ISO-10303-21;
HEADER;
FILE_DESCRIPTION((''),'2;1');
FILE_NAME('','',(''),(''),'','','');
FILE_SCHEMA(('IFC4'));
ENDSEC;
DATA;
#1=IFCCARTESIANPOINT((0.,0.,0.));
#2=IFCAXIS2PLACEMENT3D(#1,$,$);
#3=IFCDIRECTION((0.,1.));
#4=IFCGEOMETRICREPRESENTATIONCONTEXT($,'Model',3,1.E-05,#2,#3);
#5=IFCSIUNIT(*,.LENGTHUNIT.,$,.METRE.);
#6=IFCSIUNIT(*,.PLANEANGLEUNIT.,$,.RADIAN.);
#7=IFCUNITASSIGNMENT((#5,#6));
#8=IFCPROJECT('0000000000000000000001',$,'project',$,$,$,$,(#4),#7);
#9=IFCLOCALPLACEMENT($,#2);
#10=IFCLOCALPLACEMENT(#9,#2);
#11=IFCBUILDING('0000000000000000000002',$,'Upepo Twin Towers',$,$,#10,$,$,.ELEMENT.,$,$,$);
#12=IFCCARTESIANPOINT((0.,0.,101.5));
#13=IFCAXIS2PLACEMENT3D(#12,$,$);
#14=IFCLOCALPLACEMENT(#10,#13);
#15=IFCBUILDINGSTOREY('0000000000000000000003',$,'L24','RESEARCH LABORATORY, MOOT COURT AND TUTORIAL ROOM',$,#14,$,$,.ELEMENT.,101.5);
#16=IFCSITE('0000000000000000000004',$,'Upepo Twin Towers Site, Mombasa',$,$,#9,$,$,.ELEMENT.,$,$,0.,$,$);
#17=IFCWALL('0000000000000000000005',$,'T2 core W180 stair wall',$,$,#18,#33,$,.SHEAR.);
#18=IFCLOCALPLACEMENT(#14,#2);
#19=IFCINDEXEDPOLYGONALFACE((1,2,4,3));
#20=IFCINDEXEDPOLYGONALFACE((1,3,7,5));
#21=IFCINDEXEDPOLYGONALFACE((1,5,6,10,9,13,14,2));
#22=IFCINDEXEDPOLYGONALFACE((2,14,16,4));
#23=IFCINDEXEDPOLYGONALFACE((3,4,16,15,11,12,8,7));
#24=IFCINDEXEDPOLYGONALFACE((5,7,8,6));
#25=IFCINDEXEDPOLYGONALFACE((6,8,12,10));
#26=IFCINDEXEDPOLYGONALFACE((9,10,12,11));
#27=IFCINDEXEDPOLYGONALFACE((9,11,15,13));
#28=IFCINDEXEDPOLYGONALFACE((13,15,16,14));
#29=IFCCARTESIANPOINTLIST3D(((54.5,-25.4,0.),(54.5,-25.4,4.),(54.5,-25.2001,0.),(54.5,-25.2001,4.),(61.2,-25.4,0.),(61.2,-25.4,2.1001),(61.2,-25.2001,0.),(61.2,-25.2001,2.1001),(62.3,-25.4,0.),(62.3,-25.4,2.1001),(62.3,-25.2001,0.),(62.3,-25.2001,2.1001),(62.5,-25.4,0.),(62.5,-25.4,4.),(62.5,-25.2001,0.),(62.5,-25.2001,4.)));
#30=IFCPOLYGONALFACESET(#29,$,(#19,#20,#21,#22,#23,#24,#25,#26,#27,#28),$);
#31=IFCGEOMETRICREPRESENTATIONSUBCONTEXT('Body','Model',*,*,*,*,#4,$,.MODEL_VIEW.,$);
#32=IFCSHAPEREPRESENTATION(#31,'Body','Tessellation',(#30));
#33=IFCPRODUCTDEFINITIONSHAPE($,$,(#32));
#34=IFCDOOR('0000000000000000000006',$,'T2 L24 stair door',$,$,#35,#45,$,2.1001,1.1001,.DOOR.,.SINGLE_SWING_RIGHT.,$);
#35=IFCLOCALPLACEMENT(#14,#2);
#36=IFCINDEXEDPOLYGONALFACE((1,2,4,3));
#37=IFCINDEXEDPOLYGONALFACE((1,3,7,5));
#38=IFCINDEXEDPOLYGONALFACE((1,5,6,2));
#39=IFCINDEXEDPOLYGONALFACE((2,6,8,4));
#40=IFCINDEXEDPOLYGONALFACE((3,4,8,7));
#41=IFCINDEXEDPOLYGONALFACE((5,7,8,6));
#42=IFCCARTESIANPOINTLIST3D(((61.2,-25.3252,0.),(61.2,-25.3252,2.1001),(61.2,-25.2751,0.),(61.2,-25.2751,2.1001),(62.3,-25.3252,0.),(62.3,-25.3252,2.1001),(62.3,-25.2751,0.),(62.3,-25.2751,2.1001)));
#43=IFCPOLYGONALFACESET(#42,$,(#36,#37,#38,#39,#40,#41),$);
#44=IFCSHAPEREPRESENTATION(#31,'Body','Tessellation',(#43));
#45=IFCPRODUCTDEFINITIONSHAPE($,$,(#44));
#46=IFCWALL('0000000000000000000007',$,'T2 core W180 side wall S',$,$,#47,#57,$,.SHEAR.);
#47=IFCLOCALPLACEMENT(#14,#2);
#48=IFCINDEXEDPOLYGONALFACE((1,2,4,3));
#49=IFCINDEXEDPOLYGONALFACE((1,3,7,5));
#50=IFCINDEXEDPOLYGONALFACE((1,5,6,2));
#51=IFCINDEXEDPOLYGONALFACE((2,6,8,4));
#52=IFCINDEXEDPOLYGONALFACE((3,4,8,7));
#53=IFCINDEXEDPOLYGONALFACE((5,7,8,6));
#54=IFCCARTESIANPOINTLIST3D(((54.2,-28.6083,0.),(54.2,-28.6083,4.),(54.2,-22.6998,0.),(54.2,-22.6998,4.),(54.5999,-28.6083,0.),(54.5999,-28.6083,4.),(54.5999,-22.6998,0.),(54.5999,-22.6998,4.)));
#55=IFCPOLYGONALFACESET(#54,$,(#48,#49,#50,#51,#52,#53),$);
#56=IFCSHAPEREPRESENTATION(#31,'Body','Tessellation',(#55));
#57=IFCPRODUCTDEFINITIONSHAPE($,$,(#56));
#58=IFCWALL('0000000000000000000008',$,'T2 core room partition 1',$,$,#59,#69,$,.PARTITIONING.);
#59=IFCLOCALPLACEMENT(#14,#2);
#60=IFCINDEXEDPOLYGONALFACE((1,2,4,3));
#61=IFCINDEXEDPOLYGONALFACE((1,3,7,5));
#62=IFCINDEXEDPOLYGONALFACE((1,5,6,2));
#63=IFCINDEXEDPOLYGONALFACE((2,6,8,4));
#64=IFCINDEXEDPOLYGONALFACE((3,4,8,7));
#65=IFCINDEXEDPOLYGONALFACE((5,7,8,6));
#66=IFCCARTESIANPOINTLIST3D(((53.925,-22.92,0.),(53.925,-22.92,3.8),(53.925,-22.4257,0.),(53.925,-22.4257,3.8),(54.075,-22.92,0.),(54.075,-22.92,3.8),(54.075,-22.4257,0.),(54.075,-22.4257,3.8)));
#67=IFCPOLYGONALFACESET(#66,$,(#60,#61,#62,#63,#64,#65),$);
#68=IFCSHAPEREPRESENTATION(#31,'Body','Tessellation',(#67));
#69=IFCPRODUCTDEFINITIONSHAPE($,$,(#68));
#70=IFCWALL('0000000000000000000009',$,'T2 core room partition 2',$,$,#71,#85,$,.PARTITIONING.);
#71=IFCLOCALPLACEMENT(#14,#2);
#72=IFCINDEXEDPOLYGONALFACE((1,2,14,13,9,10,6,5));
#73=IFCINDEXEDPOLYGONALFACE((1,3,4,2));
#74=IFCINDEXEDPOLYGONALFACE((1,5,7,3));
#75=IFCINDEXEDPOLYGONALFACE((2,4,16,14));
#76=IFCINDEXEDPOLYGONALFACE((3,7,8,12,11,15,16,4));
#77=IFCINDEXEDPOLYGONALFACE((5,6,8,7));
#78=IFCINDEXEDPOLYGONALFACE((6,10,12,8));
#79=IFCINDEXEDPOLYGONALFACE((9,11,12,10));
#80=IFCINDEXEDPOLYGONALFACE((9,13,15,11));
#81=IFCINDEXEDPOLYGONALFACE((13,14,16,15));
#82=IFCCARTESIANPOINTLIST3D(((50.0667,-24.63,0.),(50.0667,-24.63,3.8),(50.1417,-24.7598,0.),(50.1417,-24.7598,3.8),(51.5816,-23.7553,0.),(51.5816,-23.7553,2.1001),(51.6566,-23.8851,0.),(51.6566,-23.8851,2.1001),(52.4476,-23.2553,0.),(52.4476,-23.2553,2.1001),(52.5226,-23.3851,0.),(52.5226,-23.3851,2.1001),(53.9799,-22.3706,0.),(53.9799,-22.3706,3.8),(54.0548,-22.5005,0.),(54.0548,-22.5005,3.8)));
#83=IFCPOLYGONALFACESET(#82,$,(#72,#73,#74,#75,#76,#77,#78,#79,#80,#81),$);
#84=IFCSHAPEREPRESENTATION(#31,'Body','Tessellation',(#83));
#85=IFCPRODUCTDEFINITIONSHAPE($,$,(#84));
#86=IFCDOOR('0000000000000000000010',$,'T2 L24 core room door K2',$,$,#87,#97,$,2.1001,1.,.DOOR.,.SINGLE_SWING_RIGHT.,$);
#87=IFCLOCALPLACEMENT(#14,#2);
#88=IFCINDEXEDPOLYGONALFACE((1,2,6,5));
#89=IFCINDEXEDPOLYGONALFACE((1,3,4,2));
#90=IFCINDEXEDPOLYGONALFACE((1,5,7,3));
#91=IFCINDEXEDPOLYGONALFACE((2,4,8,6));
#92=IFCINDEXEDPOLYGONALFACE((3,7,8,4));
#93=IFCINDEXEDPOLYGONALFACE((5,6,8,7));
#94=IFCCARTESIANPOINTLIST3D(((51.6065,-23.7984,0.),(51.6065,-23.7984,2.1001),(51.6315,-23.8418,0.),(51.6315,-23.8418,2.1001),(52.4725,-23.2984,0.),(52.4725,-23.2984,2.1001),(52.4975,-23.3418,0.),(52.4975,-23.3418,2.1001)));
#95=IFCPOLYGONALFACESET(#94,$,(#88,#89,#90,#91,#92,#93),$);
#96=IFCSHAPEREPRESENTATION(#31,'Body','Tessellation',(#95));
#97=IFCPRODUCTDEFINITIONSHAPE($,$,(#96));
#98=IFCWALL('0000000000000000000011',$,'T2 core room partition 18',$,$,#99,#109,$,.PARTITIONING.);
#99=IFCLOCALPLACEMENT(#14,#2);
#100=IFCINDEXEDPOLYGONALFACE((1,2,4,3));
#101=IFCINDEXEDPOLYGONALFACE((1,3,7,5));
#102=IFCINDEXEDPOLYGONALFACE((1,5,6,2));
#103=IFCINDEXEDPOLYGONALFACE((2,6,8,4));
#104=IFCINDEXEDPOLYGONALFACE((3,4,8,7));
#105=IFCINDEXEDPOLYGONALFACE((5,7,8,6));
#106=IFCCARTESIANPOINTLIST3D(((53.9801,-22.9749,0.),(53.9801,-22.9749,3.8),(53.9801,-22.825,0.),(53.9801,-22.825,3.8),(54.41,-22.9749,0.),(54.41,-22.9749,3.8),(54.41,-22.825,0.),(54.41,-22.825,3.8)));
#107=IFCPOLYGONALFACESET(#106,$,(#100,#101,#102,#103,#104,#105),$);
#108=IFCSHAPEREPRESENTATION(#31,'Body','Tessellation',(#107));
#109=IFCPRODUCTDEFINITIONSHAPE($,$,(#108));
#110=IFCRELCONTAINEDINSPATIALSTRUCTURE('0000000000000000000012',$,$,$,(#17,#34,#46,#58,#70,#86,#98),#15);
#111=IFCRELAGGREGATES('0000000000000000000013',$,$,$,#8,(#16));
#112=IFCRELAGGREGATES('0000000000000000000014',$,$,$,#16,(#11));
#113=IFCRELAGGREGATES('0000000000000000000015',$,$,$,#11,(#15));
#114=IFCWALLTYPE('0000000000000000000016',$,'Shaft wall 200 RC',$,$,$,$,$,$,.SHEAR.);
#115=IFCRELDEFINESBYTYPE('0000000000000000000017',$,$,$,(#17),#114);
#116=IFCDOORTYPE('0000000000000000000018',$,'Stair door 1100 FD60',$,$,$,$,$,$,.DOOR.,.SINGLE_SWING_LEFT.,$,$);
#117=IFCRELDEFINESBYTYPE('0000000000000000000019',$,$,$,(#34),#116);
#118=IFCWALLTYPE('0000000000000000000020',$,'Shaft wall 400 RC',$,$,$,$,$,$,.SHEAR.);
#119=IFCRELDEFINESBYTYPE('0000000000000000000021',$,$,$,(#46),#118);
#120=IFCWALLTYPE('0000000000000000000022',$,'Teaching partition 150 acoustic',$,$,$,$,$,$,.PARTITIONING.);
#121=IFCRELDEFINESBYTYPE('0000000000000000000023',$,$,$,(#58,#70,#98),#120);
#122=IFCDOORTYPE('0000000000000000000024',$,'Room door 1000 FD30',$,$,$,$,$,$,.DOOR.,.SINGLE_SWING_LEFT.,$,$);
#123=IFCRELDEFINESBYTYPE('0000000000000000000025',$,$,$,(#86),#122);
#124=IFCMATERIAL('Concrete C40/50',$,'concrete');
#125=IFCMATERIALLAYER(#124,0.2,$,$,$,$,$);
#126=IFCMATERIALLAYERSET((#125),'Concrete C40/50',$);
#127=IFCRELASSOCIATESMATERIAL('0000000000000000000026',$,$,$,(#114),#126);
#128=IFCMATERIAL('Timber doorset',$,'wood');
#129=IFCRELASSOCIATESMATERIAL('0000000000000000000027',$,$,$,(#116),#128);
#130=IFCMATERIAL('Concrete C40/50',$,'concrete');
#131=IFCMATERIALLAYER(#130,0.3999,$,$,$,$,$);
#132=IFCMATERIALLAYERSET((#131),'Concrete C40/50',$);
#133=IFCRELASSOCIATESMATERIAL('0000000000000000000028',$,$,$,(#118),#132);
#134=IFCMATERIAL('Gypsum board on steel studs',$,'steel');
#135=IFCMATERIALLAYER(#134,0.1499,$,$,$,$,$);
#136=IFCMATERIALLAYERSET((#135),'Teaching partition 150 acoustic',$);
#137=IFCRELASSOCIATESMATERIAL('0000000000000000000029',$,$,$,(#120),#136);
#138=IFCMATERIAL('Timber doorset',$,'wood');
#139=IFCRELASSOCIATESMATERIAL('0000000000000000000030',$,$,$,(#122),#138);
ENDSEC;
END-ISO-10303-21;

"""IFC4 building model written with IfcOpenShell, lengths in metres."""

from ifc_helpers import new_model, si_unit, direction, frame, frame_2d, origin, place, context, subcontext, project, spatial, rectangle, extrude, material, layer, layer_set, type_object, element, fill, save


model = new_model("IFC4")

# Units and contexts
model_context = context("Model", 3, precision=1e-05, world=origin(), true_north=direction((0.0, 1.0)))
body_context = subcontext(model_context, "Body", "Model", "MODEL_VIEW")
ifc_project = project(units=[si_unit("LENGTHUNIT", "METRE"), si_unit("PLANEANGLEUNIT", "RADIAN")], contexts=[model_context])

# Site, building, storey
site_placement = place(None, origin())
site = spatial("IfcSite", under=ifc_project, at=site_placement, Name="Upepo Twin Towers Site, Mombasa", CompositionType="ELEMENT", RefElevation=0.0)
building_placement = place(site_placement, origin())
building = spatial("IfcBuilding", under=site, at=building_placement, Name="Upepo Twin Towers", CompositionType="ELEMENT")
storey_placement = place(building_placement, frame((0.0, 0.0, 101.5)))
storey = spatial("IfcBuildingStorey", under=building, at=storey_placement, Name="L24", Description="RESEARCH LABORATORY, MOOT COURT AND TUTORIAL ROOM", CompositionType="ELEMENT", Elevation=101.5)

# Shared definitions
ifc_material_1 = material(Name="Concrete C40/50", Category="concrete")
ifc_layer_1 = layer(ifc_material_1, 0.2)
ifc_layer_set_1 = layer_set([ifc_layer_1], Name="Concrete C40/50")
wall_type_1 = type_object("IfcWallType", Name="Shaft wall 200 RC", PredefinedType="SHEAR", material=ifc_layer_set_1)

# Wall, opening, door
wall_1_placement = place(storey_placement, frame((54.5, -25.3, 0.0), z_axis=(0.0, 0.0, 1.0), x_axis=(1.0, 0.0, 0.0)))
wall_1 = element("IfcWall", 1, at=wall_1_placement, inside=storey, type_object=wall_type_1, Name="T2 core W180 stair wall", PredefinedType="SHEAR", context=body_context, shape_type="SweptSolid", body=[
    extrude(rectangle(XDim=8.0, YDim=0.2, at=frame_2d((4.0, 0.0))), origin(), (0.0, 0.0, 1.0), 4.0),
])
opening_1_placement = place(wall_1_placement, frame((6.7, 0.0, 0.0)))
opening_1 = element("IfcOpeningElement", 2, at=opening_1_placement, cuts=wall_1, PredefinedType="OPENING", context=body_context, shape_type="SweptSolid", body=[
    extrude(rectangle(XDim=1.1001, YDim=2.1001, at=frame_2d((0.55, 1.05))), frame((0.0, 0.1099, 0.0), z_axis=(0.0, -1.0, 0.0), x_axis=(1.0, 0.0, 0.0)), (0.0, 0.0, 1.0), 0.22),
])
ifc_material_2 = material(Name="Timber doorset", Category="wood")
door_type_1 = type_object("IfcDoorType", Name="Stair door 1100 FD60", OperationType="SINGLE_SWING_LEFT", PredefinedType="DOOR", material=ifc_material_2)
door_1_placement = place(opening_1_placement, origin())
door_1 = element("IfcDoor", 3, at=door_1_placement, inside=storey, type_object=door_type_1, Name="T2 L24 stair door", OperationType="SINGLE_SWING_RIGHT", OverallHeight=2.1001, OverallWidth=1.1001, PredefinedType="DOOR", context=body_context, shape_type="SweptSolid", body=[
    extrude(rectangle(XDim=1.1001, YDim=2.1001, at=frame_2d((0.55, 1.05))), frame((0.0, 0.0249, 0.0), z_axis=(0.0, -1.0, 0.0), x_axis=(1.0, 0.0, 0.0)), (0.0, 0.0, 1.0), 0.05),
])
fill(opening_1, door_1)

# Walls
ifc_material_3 = material(Name="Concrete C40/50", Category="concrete")
ifc_layer_2 = layer(ifc_material_3, 0.3999)
ifc_layer_set_2 = layer_set([ifc_layer_2], Name="Concrete C40/50")
wall_type_2 = type_object("IfcWallType", Name="Shaft wall 400 RC", PredefinedType="SHEAR", material=ifc_layer_set_2)
wall_2_placement = place(storey_placement, frame((54.3999, -22.7, 0.0), z_axis=(0.0, 0.0, 1.0), x_axis=(0.0, -1.0, 0.0)))
element("IfcWall", 4, at=wall_2_placement, inside=storey, type_object=wall_type_2, Name="T2 core W180 side wall S", PredefinedType="SHEAR", context=body_context, shape_type="SweptSolid", body=[
    extrude(rectangle(XDim=5.9084, YDim=0.3999, at=frame_2d((2.9541, 0.0))), origin(), (0.0, 0.0, 1.0), 4.0),
])
ifc_material_4 = material(Name="Gypsum board on steel studs", Category="steel")
ifc_layer_3 = layer(ifc_material_4, 0.1499)
ifc_layer_set_3 = layer_set([ifc_layer_3], Name="Teaching partition 150 acoustic")
wall_type_3 = type_object("IfcWallType", Name="Teaching partition 150 acoustic", PredefinedType="PARTITIONING", material=ifc_layer_set_3)
wall_3_placement = place(storey_placement, frame((54.0, -22.9199, 0.0), z_axis=(0.0, 0.0, 1.0), x_axis=(0.0, 1.0, 0.0)))
element("IfcWall", 5, at=wall_3_placement, inside=storey, type_object=wall_type_3, Name="T2 core room partition 1", PredefinedType="PARTITIONING", context=body_context, shape_type="SweptSolid", body=[
    extrude(rectangle(XDim=0.4944, YDim=0.1499, at=frame_2d((0.2471, 0.0))), origin(), (0.0, 0.0, 1.0), 3.8),
])

# Wall, opening, door
wall_4_placement = place(storey_placement, frame((54.0173, -22.4355, 0.0), z_axis=(0.0, 0.0, 1.0), x_axis=(-0.86602, -0.500009, 0.0)))
wall_4 = element("IfcWall", 6, at=wall_4_placement, inside=storey, type_object=wall_type_3, Name="T2 core room partition 2", PredefinedType="PARTITIONING", context=body_context, shape_type="SweptSolid", body=[
    extrude(rectangle(XDim=4.5186, YDim=0.1499, at=frame_2d((2.2593, 0.0))), origin(), (0.0, 0.0, 1.0), 3.8),
])
opening_2_placement = place(wall_4_placement, frame((1.7693, 0.0, 0.0)))
opening_2 = element("IfcOpeningElement", 7, at=opening_2_placement, cuts=wall_4, PredefinedType="OPENING", context=body_context, shape_type="SweptSolid", body=[
    extrude(rectangle(XDim=1.0, YDim=2.1001, at=frame_2d((0.5, 1.05))), frame((0.0, 0.085, 0.0), z_axis=(0.0, -1.0, 0.0), x_axis=(1.0, 0.0, 0.0)), (0.0, 0.0, 1.0), 0.1699),
])
ifc_material_5 = material(Name="Timber doorset", Category="wood")
door_type_2 = type_object("IfcDoorType", Name="Room door 1000 FD30", OperationType="SINGLE_SWING_LEFT", PredefinedType="DOOR", material=ifc_material_5)
door_2_placement = place(opening_2_placement, origin())
door_2 = element("IfcDoor", 8, at=door_2_placement, inside=storey, type_object=door_type_2, Name="T2 L24 core room door K2", OperationType="SINGLE_SWING_RIGHT", OverallHeight=2.1001, OverallWidth=1.0, PredefinedType="DOOR", context=body_context, shape_type="SweptSolid", body=[
    extrude(rectangle(XDim=1.0, YDim=2.1001, at=frame_2d((0.5, 1.05))), frame((0.0, 0.0249, 0.0), z_axis=(0.0, -1.0, 0.0), x_axis=(1.0, 0.0, 0.0)), (0.0, 0.0, 1.0), 0.05),
])
fill(opening_2, door_2)

# Wall
wall_5_placement = place(storey_placement, frame((54.4099, -22.8999, 0.0), z_axis=(0.0, 0.0, 1.0), x_axis=(-1.0, 0.0, 0.0)))
element("IfcWall", 9, at=wall_5_placement, inside=storey, type_object=wall_type_3, Name="T2 core room partition 18", PredefinedType="PARTITIONING", context=body_context, shape_type="SweptSolid", body=[
    extrude(rectangle(XDim=0.4299, YDim=0.1499, at=frame_2d((0.2148, 0.0))), origin(), (0.0, 0.0, 1.0), 3.8),
])

save(model, "model.ifc")
